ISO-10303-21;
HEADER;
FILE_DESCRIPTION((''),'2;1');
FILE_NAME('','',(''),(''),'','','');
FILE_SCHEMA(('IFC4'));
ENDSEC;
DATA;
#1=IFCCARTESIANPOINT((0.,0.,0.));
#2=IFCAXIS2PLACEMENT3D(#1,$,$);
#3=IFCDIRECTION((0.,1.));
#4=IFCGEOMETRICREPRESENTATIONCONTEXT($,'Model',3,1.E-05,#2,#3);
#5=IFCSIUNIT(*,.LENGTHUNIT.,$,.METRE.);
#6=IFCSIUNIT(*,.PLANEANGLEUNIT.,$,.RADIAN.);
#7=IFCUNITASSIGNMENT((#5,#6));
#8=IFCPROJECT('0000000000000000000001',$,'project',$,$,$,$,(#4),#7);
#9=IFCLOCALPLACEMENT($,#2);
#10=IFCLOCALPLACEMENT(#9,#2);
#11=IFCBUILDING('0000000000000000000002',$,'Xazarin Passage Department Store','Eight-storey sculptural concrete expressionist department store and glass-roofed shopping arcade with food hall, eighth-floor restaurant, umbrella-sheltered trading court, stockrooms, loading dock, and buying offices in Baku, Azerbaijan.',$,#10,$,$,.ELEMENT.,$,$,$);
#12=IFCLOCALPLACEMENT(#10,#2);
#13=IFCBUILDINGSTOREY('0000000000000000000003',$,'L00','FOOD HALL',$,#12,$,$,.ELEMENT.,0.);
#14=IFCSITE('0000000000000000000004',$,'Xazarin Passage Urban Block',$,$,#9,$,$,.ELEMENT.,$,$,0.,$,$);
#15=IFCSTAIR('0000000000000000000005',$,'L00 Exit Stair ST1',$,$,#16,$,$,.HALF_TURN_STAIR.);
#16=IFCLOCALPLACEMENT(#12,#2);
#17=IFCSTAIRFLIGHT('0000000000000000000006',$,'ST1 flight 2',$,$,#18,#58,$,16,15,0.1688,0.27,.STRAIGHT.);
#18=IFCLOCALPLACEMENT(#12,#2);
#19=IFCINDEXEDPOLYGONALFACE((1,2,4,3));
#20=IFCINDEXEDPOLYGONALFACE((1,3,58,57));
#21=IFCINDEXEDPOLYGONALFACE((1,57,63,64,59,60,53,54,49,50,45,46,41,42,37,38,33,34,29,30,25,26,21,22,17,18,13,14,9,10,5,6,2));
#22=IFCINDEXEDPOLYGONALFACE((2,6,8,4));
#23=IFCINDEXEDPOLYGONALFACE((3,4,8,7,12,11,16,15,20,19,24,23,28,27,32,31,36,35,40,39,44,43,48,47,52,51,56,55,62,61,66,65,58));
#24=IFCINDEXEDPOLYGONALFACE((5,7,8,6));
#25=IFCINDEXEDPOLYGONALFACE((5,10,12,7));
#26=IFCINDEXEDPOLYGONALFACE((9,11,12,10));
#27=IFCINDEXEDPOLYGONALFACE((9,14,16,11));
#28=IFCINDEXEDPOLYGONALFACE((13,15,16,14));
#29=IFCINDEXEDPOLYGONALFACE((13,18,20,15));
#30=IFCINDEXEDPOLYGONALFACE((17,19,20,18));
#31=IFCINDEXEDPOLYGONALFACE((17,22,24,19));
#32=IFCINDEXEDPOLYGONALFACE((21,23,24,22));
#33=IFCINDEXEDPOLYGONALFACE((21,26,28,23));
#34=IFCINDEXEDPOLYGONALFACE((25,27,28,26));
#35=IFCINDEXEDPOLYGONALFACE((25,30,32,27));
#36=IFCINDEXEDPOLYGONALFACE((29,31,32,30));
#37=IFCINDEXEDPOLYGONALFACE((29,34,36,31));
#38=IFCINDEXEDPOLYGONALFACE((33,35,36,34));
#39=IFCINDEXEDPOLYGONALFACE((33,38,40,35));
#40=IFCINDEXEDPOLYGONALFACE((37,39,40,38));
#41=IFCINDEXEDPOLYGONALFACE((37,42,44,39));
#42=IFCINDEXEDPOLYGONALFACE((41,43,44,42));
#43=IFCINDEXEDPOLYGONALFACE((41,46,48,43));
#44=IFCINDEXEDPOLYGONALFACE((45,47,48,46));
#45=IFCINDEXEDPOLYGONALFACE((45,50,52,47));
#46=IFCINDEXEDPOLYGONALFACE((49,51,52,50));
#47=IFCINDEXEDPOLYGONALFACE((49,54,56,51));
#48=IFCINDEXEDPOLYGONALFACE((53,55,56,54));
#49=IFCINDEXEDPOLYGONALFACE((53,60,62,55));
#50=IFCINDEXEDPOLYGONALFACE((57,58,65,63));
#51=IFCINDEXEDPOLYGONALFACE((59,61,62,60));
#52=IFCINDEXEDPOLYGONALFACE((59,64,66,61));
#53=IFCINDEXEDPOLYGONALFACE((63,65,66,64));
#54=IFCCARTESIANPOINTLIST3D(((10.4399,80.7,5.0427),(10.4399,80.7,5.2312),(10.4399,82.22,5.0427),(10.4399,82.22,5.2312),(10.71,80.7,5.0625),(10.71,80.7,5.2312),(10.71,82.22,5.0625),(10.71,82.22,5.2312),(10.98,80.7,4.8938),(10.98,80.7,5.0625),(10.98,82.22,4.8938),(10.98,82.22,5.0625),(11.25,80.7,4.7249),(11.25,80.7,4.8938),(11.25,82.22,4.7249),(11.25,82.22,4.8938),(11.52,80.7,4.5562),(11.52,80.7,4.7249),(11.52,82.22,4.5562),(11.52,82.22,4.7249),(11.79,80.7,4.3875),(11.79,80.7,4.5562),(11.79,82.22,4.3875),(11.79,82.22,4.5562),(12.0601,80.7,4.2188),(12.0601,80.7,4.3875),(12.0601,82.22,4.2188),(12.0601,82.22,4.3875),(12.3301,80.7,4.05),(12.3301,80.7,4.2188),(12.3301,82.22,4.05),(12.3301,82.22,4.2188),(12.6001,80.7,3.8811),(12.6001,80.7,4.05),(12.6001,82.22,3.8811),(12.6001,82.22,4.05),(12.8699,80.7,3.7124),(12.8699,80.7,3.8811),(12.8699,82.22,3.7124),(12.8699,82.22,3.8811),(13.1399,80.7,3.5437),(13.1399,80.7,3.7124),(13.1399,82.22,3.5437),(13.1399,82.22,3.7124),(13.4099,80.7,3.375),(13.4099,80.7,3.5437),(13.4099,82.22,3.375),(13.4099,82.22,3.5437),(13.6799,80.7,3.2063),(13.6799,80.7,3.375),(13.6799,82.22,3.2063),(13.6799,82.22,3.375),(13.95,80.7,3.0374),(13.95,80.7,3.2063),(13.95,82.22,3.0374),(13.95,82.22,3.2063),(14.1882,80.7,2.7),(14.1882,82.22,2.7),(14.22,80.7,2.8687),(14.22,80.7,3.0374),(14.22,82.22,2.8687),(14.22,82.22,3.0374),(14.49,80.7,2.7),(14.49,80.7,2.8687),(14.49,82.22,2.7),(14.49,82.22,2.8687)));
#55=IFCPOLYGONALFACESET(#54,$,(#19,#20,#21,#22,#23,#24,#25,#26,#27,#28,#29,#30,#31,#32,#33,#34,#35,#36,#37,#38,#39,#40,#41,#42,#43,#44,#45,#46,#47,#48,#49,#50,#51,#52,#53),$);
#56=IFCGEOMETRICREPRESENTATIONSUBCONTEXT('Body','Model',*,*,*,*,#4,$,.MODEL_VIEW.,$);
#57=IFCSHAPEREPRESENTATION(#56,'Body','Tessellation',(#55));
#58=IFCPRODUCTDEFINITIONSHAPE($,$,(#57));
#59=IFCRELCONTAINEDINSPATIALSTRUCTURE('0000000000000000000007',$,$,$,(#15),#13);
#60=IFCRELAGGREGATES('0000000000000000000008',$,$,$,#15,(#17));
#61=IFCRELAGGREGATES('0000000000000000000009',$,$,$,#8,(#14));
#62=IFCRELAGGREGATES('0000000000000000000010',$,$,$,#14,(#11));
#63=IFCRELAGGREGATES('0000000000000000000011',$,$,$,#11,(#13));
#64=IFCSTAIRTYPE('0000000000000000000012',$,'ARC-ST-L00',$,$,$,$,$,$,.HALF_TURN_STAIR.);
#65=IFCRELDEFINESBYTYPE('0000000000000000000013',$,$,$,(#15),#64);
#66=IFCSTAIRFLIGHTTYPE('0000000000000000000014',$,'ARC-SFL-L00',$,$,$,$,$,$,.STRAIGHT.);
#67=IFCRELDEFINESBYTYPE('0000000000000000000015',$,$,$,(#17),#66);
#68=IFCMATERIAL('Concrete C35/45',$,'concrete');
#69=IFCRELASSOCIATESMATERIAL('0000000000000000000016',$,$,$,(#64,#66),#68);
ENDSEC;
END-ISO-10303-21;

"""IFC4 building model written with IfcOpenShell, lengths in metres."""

from ifc_helpers import new_model, si_unit, direction, frame, origin, place, context, subcontext, project, spatial, polyline, outline, extrude, material, type_object, element, aggregate, save


model = new_model("IFC4")

# Units and contexts
model_context = context("Model", 3, precision=1e-05, world=origin(), true_north=direction((0.0, 1.0)))
body_context = subcontext(model_context, "Body", "Model", "MODEL_VIEW")
ifc_project = project(units=[si_unit("LENGTHUNIT", "METRE"), si_unit("PLANEANGLEUNIT", "RADIAN")], contexts=[model_context])

# Site, building, storey
site_placement = place(None, origin())
site = spatial("IfcSite", under=ifc_project, at=site_placement, Name="Xazarin Passage Urban Block", CompositionType="ELEMENT", RefElevation=0.0)
building_placement = place(site_placement, origin())
building = spatial("IfcBuilding", under=site, at=building_placement, Name="Xazarin Passage Department Store", Description="Eight-storey sculptural concrete expressionist department store and glass-roofed shopping arcade with food hall, eighth-floor restaurant, umbrella-sheltered trading court, stockrooms, loading dock, and buying offices in Baku, Azerbaijan.", CompositionType="ELEMENT")
storey_placement = place(building_placement, origin())
storey = spatial("IfcBuildingStorey", under=building, at=storey_placement, Name="L00", Description="FOOD HALL", CompositionType="ELEMENT", Elevation=0.0)

# Shared definitions
ifc_material_1 = material(Name="Concrete C35/45", Category="concrete")

# Stair, stair flight
stair_type = type_object("IfcStairType", Name="ARC-ST-L00", PredefinedType="HALF_TURN_STAIR", material=ifc_material_1)
stair_placement = place(storey_placement, origin())
stair = element("IfcStair", 1, at=stair_placement, inside=storey, type_object=stair_type, Name="L00 Exit Stair ST1", PredefinedType="HALF_TURN_STAIR")
stair_flight_type = type_object("IfcStairFlightType", Name="ARC-SFL-L00", PredefinedType="STRAIGHT", material=ifc_material_1)
stair_flight_1_placement = place(storey_placement, frame((14.49, 81.46, 2.7), z_axis=(0.0, 0.0, 1.0), x_axis=(-1.0, 0.0, 0.0)))
stair_flight_1 = element("IfcStairFlight", 2, at=stair_flight_1_placement, type_object=stair_flight_type, Name="ST1 flight 2", NumberOfRisers=16, NumberOfTreads=15, PredefinedType="STRAIGHT", RiserHeight=0.1688, TreadLength=0.27, context=body_context, shape_type="SweptSolid", body=[
    extrude(outline(polyline([(0.0, 0.0), (0.0, 0.1687), (0.27, 0.1687), (0.27, 0.3374), (0.54, 0.3374), (0.54, 0.5063), (0.8101, 0.5063), (0.8101, 0.675), (1.0801, 0.675), (1.0801, 0.8438), (1.3501, 0.8438), (1.3501, 1.0125), (1.6201, 1.0125), (1.6201, 1.1812), (1.8899, 1.1812), (1.8899, 1.3501), (2.1599, 1.3501), (2.1599, 1.5188), (2.4299, 1.5188), (2.4299, 1.6875), (2.7, 1.6875), (2.7, 1.8562), (2.97, 1.8562), (2.97, 2.0249), (3.24, 2.0249), (3.24, 2.1938), (3.51, 2.1938), (3.51, 2.3625), (3.78, 2.3625), (3.78, 2.5312), (4.05, 2.5312), (4.05, 2.7), (4.05, 2.3428), (0.3018, 0.0), (0.0, 0.0)])), frame((0.0, 0.76, 0.0), z_axis=(0.0, -1.0, 0.0), x_axis=(1.0, 0.0, 0.0)), (0.0, 0.0, 1.0), 1.52),
])
aggregate(stair, [stair_flight_1])

save(model, "model.ifc")
